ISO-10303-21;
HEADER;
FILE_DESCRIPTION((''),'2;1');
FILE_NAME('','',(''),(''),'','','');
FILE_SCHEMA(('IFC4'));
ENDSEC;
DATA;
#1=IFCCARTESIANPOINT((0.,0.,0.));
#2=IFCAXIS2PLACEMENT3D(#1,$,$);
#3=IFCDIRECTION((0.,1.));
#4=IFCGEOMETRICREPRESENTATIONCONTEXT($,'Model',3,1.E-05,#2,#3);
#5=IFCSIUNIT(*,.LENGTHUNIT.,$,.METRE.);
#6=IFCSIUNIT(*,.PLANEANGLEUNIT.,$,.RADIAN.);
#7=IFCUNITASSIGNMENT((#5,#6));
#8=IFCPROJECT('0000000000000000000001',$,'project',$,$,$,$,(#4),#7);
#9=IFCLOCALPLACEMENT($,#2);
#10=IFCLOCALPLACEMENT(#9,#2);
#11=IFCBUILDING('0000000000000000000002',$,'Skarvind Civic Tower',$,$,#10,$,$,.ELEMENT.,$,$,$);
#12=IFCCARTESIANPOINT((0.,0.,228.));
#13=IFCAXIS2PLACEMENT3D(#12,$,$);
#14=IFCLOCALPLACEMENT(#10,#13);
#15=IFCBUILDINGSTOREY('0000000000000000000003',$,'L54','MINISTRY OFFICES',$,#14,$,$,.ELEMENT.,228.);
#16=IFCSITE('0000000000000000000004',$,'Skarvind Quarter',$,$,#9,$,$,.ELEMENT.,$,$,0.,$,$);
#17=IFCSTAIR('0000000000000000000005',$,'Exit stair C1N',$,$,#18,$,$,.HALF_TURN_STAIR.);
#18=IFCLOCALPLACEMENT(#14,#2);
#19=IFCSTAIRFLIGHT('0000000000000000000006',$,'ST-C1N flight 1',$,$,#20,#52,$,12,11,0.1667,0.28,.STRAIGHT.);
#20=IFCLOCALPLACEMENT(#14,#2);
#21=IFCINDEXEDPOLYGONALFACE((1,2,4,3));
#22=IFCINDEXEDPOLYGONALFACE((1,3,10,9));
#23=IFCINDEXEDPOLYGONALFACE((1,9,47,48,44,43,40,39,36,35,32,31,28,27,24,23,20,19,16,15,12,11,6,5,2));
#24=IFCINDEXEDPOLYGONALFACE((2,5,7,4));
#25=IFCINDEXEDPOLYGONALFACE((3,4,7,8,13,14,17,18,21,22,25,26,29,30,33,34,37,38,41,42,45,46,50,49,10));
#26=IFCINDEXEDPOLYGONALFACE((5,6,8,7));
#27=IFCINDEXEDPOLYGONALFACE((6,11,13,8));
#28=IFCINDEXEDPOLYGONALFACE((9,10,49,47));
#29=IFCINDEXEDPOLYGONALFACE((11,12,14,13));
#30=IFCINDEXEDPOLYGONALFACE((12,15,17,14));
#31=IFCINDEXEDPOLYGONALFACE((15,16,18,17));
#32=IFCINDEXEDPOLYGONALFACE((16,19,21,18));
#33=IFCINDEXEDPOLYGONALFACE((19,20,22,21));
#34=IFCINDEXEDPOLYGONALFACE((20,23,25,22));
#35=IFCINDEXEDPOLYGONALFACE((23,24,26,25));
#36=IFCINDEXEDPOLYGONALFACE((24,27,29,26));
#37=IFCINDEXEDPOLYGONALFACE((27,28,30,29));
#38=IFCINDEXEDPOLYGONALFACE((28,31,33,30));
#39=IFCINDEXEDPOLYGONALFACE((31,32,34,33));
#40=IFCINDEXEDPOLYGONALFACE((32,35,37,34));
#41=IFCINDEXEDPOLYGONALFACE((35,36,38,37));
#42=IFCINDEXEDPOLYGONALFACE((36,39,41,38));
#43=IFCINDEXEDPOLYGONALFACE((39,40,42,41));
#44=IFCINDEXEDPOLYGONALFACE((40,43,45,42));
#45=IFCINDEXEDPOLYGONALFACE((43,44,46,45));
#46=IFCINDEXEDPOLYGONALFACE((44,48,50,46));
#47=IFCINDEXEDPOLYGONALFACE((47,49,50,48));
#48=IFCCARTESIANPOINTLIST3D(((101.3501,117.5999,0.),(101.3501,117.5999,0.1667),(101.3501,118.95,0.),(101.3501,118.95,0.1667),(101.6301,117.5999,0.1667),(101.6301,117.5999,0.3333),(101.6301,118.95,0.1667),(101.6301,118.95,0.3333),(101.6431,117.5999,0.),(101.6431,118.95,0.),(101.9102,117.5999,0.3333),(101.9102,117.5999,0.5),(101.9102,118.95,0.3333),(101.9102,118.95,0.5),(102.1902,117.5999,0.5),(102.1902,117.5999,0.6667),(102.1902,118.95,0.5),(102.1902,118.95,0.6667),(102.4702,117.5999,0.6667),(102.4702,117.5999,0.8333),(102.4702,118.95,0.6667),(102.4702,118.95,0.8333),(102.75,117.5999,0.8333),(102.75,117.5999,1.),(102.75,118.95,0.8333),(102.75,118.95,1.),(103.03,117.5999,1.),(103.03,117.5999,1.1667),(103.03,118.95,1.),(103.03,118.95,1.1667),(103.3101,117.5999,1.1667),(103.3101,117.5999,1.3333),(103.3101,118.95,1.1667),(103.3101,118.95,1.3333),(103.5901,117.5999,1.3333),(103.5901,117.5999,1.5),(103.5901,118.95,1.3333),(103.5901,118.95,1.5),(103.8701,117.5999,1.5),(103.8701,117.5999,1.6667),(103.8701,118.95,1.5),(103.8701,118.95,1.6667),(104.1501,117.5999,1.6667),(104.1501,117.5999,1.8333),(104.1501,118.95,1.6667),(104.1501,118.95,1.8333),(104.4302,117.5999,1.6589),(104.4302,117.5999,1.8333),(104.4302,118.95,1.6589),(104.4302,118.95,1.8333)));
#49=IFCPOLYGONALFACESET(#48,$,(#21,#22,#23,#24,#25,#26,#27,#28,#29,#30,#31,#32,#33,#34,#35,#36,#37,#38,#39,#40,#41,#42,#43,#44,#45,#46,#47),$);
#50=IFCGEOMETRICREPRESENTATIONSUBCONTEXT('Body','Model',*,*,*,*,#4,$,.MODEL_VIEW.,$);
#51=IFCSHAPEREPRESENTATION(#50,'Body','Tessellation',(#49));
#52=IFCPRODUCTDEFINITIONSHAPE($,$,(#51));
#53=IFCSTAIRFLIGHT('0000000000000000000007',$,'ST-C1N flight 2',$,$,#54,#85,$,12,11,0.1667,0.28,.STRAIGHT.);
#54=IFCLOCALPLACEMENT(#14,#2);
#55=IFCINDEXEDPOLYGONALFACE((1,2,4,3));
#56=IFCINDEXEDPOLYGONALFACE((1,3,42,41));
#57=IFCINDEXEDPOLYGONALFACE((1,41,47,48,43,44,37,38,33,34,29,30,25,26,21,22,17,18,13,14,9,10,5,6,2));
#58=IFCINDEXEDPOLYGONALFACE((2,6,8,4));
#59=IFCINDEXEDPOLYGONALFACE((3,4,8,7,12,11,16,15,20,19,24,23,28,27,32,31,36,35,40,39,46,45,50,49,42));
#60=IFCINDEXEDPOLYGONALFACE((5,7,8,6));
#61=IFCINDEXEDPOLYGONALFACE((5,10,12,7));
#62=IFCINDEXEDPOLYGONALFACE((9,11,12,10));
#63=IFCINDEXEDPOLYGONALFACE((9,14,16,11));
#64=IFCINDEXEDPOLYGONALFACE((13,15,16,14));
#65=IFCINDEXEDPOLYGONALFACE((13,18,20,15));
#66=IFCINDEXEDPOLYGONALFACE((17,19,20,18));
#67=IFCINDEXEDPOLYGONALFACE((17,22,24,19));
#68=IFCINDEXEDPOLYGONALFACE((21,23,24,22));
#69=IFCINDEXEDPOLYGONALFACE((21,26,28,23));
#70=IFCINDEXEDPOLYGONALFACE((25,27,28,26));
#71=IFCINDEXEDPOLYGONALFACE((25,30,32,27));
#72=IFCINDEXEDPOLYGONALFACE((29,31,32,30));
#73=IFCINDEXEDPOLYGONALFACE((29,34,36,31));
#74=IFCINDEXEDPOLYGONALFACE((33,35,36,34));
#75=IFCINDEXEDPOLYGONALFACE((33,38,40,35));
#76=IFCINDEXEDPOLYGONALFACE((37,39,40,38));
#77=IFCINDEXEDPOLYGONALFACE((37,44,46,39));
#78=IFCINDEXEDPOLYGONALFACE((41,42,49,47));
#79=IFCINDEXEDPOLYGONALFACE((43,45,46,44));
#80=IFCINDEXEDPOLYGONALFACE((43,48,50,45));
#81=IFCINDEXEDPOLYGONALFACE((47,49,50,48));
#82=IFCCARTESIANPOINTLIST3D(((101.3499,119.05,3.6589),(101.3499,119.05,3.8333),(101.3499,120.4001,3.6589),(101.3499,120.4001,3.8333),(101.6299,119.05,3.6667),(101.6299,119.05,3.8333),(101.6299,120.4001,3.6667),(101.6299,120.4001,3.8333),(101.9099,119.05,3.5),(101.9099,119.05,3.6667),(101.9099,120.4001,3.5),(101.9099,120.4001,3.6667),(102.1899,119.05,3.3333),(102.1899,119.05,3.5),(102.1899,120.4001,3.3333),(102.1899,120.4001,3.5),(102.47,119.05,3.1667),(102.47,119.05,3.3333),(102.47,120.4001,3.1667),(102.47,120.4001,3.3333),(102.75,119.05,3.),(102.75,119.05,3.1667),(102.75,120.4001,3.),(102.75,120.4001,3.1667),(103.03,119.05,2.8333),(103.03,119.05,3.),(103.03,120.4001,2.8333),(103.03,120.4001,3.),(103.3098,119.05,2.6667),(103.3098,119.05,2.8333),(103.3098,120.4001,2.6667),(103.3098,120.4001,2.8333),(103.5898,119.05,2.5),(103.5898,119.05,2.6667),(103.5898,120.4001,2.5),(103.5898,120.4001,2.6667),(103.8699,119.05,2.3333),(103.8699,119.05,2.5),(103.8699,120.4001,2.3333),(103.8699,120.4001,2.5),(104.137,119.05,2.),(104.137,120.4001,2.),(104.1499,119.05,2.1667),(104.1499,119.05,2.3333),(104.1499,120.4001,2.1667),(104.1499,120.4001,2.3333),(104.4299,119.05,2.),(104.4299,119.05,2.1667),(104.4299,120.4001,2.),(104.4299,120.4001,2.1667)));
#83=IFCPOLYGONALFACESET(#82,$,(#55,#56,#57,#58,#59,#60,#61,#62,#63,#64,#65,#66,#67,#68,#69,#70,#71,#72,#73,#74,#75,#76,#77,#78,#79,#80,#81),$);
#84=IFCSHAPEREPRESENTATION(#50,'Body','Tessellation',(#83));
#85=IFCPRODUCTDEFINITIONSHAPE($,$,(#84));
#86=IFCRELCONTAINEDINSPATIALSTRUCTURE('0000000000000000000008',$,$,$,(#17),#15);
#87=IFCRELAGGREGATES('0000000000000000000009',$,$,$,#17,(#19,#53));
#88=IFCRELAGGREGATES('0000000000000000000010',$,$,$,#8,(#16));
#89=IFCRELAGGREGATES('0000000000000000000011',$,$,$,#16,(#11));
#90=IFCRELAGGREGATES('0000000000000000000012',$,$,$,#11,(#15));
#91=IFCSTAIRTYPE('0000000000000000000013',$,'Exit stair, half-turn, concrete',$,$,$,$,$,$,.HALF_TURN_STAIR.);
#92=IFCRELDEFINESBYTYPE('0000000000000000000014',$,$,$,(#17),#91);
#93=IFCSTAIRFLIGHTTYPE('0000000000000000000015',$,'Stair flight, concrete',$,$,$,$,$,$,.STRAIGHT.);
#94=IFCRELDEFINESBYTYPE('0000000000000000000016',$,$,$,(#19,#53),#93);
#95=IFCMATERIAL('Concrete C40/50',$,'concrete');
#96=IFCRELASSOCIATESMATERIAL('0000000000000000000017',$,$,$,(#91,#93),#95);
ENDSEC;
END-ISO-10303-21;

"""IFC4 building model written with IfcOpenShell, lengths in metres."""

from ifc_helpers import new_model, si_unit, direction, frame, origin, place, context, subcontext, project, spatial, polyline, outline, extrude, material, type_object, element, aggregate, save


model = new_model("IFC4")

# Units and contexts
model_context = context("Model", 3, precision=1e-05, world=origin(), true_north=direction((0.0, 1.0)))
body_context = subcontext(model_context, "Body", "Model", "MODEL_VIEW")
ifc_project = project(units=[si_unit("LENGTHUNIT", "METRE"), si_unit("PLANEANGLEUNIT", "RADIAN")], contexts=[model_context])

# Site, building, storey
site_placement = place(None, origin())
site = spatial("IfcSite", under=ifc_project, at=site_placement, Name="Skarvind Quarter", CompositionType="ELEMENT", RefElevation=0.0)
building_placement = place(site_placement, origin())
building = spatial("IfcBuilding", under=site, at=building_placement, Name="Skarvind Civic Tower", CompositionType="ELEMENT")
storey_placement = place(building_placement, frame((0.0, 0.0, 228.0)))
storey = spatial("IfcBuildingStorey", under=building, at=storey_placement, Name="L54", Description="MINISTRY OFFICES", CompositionType="ELEMENT", Elevation=228.0)

# Stair, stair flights
ifc_material_1 = material(Name="Concrete C40/50", Category="concrete")
stair_type = type_object("IfcStairType", Name="Exit stair, half-turn, concrete", PredefinedType="HALF_TURN_STAIR", material=ifc_material_1)
stair_placement = place(storey_placement, origin())
stair = element("IfcStair", 1, at=stair_placement, inside=storey, type_object=stair_type, Name="Exit stair C1N", PredefinedType="HALF_TURN_STAIR")
stair_flight_type = type_object("IfcStairFlightType", Name="Stair flight, concrete", PredefinedType="STRAIGHT", material=ifc_material_1)
stair_flight_1_placement = place(storey_placement, frame((101.3501, 118.2749, 0.0), z_axis=(0.0, 0.0, 1.0), x_axis=(1.0, 0.0, 0.0)))
stair_flight_1 = element("IfcStairFlight", 2, at=stair_flight_1_placement, type_object=stair_flight_type, Name="ST-C1N flight 1", NumberOfRisers=12, NumberOfTreads=11, PredefinedType="STRAIGHT", RiserHeight=0.1667, TreadLength=0.28, context=body_context, shape_type="SweptSolid", body=[
    extrude(outline(polyline([(0.0, 0.0), (0.0, 0.1667), (0.28, 0.1667), (0.28, 0.3333), (0.5601, 0.3333), (0.5601, 0.5), (0.8401, 0.5), (0.8401, 0.6667), (1.1201, 0.6667), (1.1201, 0.8333), (1.3999, 0.8333), (1.3999, 1.0), (1.6799, 1.0), (1.6799, 1.1667), (1.96, 1.1667), (1.96, 1.3333), (2.24, 1.3333), (2.24, 1.5), (2.52, 1.5), (2.52, 1.6667), (2.8, 1.6667), (2.8, 1.8333), (3.0801, 1.8333), (3.0801, 2.0), (3.0801, 1.6589), (0.293, 0.0), (0.0, 0.0)])), frame((0.0, 0.675, 0.0), z_axis=(0.0, -1.0, 0.0), x_axis=(1.0, 0.0, 0.0)), (0.0, 0.0, 1.0), 1.3501),
])
stair_flight_2_placement = place(storey_placement, frame((104.4299, 119.7251, 2.0), z_axis=(0.0, 0.0, 1.0), x_axis=(-1.0, 0.0, 0.0)))
stair_flight_2 = element("IfcStairFlight", 3, at=stair_flight_2_placement, type_object=stair_flight_type, Name="ST-C1N flight 2", NumberOfRisers=12, NumberOfTreads=11, PredefinedType="STRAIGHT", RiserHeight=0.1667, TreadLength=0.28, context=body_context, shape_type="SweptSolid", body=[
    extrude(outline(polyline([(0.0, 0.0), (0.0, 0.1667), (0.28, 0.1667), (0.28, 0.3333), (0.5601, 0.3333), (0.5601, 0.5), (0.8401, 0.5), (0.8401, 0.6667), (1.1201, 0.6667), (1.1201, 0.8333), (1.3999, 0.8333), (1.3999, 1.0), (1.6799, 1.0), (1.6799, 1.1667), (1.96, 1.1667), (1.96, 1.3333), (2.24, 1.3333), (2.24, 1.5), (2.52, 1.5), (2.52, 1.6667), (2.8, 1.6667), (2.8, 1.8333), (3.0801, 1.8333), (3.0801, 2.0), (3.0801, 1.6589), (0.293, 0.0), (0.0, 0.0)])), frame((0.0, 0.675, 0.0), z_axis=(0.0, -1.0, 0.0), x_axis=(1.0, 0.0, 0.0)), (0.0, 0.0, 1.0), 1.3501),
])
aggregate(stair, [stair_flight_1, stair_flight_2])

save(model, "model.ifc")
